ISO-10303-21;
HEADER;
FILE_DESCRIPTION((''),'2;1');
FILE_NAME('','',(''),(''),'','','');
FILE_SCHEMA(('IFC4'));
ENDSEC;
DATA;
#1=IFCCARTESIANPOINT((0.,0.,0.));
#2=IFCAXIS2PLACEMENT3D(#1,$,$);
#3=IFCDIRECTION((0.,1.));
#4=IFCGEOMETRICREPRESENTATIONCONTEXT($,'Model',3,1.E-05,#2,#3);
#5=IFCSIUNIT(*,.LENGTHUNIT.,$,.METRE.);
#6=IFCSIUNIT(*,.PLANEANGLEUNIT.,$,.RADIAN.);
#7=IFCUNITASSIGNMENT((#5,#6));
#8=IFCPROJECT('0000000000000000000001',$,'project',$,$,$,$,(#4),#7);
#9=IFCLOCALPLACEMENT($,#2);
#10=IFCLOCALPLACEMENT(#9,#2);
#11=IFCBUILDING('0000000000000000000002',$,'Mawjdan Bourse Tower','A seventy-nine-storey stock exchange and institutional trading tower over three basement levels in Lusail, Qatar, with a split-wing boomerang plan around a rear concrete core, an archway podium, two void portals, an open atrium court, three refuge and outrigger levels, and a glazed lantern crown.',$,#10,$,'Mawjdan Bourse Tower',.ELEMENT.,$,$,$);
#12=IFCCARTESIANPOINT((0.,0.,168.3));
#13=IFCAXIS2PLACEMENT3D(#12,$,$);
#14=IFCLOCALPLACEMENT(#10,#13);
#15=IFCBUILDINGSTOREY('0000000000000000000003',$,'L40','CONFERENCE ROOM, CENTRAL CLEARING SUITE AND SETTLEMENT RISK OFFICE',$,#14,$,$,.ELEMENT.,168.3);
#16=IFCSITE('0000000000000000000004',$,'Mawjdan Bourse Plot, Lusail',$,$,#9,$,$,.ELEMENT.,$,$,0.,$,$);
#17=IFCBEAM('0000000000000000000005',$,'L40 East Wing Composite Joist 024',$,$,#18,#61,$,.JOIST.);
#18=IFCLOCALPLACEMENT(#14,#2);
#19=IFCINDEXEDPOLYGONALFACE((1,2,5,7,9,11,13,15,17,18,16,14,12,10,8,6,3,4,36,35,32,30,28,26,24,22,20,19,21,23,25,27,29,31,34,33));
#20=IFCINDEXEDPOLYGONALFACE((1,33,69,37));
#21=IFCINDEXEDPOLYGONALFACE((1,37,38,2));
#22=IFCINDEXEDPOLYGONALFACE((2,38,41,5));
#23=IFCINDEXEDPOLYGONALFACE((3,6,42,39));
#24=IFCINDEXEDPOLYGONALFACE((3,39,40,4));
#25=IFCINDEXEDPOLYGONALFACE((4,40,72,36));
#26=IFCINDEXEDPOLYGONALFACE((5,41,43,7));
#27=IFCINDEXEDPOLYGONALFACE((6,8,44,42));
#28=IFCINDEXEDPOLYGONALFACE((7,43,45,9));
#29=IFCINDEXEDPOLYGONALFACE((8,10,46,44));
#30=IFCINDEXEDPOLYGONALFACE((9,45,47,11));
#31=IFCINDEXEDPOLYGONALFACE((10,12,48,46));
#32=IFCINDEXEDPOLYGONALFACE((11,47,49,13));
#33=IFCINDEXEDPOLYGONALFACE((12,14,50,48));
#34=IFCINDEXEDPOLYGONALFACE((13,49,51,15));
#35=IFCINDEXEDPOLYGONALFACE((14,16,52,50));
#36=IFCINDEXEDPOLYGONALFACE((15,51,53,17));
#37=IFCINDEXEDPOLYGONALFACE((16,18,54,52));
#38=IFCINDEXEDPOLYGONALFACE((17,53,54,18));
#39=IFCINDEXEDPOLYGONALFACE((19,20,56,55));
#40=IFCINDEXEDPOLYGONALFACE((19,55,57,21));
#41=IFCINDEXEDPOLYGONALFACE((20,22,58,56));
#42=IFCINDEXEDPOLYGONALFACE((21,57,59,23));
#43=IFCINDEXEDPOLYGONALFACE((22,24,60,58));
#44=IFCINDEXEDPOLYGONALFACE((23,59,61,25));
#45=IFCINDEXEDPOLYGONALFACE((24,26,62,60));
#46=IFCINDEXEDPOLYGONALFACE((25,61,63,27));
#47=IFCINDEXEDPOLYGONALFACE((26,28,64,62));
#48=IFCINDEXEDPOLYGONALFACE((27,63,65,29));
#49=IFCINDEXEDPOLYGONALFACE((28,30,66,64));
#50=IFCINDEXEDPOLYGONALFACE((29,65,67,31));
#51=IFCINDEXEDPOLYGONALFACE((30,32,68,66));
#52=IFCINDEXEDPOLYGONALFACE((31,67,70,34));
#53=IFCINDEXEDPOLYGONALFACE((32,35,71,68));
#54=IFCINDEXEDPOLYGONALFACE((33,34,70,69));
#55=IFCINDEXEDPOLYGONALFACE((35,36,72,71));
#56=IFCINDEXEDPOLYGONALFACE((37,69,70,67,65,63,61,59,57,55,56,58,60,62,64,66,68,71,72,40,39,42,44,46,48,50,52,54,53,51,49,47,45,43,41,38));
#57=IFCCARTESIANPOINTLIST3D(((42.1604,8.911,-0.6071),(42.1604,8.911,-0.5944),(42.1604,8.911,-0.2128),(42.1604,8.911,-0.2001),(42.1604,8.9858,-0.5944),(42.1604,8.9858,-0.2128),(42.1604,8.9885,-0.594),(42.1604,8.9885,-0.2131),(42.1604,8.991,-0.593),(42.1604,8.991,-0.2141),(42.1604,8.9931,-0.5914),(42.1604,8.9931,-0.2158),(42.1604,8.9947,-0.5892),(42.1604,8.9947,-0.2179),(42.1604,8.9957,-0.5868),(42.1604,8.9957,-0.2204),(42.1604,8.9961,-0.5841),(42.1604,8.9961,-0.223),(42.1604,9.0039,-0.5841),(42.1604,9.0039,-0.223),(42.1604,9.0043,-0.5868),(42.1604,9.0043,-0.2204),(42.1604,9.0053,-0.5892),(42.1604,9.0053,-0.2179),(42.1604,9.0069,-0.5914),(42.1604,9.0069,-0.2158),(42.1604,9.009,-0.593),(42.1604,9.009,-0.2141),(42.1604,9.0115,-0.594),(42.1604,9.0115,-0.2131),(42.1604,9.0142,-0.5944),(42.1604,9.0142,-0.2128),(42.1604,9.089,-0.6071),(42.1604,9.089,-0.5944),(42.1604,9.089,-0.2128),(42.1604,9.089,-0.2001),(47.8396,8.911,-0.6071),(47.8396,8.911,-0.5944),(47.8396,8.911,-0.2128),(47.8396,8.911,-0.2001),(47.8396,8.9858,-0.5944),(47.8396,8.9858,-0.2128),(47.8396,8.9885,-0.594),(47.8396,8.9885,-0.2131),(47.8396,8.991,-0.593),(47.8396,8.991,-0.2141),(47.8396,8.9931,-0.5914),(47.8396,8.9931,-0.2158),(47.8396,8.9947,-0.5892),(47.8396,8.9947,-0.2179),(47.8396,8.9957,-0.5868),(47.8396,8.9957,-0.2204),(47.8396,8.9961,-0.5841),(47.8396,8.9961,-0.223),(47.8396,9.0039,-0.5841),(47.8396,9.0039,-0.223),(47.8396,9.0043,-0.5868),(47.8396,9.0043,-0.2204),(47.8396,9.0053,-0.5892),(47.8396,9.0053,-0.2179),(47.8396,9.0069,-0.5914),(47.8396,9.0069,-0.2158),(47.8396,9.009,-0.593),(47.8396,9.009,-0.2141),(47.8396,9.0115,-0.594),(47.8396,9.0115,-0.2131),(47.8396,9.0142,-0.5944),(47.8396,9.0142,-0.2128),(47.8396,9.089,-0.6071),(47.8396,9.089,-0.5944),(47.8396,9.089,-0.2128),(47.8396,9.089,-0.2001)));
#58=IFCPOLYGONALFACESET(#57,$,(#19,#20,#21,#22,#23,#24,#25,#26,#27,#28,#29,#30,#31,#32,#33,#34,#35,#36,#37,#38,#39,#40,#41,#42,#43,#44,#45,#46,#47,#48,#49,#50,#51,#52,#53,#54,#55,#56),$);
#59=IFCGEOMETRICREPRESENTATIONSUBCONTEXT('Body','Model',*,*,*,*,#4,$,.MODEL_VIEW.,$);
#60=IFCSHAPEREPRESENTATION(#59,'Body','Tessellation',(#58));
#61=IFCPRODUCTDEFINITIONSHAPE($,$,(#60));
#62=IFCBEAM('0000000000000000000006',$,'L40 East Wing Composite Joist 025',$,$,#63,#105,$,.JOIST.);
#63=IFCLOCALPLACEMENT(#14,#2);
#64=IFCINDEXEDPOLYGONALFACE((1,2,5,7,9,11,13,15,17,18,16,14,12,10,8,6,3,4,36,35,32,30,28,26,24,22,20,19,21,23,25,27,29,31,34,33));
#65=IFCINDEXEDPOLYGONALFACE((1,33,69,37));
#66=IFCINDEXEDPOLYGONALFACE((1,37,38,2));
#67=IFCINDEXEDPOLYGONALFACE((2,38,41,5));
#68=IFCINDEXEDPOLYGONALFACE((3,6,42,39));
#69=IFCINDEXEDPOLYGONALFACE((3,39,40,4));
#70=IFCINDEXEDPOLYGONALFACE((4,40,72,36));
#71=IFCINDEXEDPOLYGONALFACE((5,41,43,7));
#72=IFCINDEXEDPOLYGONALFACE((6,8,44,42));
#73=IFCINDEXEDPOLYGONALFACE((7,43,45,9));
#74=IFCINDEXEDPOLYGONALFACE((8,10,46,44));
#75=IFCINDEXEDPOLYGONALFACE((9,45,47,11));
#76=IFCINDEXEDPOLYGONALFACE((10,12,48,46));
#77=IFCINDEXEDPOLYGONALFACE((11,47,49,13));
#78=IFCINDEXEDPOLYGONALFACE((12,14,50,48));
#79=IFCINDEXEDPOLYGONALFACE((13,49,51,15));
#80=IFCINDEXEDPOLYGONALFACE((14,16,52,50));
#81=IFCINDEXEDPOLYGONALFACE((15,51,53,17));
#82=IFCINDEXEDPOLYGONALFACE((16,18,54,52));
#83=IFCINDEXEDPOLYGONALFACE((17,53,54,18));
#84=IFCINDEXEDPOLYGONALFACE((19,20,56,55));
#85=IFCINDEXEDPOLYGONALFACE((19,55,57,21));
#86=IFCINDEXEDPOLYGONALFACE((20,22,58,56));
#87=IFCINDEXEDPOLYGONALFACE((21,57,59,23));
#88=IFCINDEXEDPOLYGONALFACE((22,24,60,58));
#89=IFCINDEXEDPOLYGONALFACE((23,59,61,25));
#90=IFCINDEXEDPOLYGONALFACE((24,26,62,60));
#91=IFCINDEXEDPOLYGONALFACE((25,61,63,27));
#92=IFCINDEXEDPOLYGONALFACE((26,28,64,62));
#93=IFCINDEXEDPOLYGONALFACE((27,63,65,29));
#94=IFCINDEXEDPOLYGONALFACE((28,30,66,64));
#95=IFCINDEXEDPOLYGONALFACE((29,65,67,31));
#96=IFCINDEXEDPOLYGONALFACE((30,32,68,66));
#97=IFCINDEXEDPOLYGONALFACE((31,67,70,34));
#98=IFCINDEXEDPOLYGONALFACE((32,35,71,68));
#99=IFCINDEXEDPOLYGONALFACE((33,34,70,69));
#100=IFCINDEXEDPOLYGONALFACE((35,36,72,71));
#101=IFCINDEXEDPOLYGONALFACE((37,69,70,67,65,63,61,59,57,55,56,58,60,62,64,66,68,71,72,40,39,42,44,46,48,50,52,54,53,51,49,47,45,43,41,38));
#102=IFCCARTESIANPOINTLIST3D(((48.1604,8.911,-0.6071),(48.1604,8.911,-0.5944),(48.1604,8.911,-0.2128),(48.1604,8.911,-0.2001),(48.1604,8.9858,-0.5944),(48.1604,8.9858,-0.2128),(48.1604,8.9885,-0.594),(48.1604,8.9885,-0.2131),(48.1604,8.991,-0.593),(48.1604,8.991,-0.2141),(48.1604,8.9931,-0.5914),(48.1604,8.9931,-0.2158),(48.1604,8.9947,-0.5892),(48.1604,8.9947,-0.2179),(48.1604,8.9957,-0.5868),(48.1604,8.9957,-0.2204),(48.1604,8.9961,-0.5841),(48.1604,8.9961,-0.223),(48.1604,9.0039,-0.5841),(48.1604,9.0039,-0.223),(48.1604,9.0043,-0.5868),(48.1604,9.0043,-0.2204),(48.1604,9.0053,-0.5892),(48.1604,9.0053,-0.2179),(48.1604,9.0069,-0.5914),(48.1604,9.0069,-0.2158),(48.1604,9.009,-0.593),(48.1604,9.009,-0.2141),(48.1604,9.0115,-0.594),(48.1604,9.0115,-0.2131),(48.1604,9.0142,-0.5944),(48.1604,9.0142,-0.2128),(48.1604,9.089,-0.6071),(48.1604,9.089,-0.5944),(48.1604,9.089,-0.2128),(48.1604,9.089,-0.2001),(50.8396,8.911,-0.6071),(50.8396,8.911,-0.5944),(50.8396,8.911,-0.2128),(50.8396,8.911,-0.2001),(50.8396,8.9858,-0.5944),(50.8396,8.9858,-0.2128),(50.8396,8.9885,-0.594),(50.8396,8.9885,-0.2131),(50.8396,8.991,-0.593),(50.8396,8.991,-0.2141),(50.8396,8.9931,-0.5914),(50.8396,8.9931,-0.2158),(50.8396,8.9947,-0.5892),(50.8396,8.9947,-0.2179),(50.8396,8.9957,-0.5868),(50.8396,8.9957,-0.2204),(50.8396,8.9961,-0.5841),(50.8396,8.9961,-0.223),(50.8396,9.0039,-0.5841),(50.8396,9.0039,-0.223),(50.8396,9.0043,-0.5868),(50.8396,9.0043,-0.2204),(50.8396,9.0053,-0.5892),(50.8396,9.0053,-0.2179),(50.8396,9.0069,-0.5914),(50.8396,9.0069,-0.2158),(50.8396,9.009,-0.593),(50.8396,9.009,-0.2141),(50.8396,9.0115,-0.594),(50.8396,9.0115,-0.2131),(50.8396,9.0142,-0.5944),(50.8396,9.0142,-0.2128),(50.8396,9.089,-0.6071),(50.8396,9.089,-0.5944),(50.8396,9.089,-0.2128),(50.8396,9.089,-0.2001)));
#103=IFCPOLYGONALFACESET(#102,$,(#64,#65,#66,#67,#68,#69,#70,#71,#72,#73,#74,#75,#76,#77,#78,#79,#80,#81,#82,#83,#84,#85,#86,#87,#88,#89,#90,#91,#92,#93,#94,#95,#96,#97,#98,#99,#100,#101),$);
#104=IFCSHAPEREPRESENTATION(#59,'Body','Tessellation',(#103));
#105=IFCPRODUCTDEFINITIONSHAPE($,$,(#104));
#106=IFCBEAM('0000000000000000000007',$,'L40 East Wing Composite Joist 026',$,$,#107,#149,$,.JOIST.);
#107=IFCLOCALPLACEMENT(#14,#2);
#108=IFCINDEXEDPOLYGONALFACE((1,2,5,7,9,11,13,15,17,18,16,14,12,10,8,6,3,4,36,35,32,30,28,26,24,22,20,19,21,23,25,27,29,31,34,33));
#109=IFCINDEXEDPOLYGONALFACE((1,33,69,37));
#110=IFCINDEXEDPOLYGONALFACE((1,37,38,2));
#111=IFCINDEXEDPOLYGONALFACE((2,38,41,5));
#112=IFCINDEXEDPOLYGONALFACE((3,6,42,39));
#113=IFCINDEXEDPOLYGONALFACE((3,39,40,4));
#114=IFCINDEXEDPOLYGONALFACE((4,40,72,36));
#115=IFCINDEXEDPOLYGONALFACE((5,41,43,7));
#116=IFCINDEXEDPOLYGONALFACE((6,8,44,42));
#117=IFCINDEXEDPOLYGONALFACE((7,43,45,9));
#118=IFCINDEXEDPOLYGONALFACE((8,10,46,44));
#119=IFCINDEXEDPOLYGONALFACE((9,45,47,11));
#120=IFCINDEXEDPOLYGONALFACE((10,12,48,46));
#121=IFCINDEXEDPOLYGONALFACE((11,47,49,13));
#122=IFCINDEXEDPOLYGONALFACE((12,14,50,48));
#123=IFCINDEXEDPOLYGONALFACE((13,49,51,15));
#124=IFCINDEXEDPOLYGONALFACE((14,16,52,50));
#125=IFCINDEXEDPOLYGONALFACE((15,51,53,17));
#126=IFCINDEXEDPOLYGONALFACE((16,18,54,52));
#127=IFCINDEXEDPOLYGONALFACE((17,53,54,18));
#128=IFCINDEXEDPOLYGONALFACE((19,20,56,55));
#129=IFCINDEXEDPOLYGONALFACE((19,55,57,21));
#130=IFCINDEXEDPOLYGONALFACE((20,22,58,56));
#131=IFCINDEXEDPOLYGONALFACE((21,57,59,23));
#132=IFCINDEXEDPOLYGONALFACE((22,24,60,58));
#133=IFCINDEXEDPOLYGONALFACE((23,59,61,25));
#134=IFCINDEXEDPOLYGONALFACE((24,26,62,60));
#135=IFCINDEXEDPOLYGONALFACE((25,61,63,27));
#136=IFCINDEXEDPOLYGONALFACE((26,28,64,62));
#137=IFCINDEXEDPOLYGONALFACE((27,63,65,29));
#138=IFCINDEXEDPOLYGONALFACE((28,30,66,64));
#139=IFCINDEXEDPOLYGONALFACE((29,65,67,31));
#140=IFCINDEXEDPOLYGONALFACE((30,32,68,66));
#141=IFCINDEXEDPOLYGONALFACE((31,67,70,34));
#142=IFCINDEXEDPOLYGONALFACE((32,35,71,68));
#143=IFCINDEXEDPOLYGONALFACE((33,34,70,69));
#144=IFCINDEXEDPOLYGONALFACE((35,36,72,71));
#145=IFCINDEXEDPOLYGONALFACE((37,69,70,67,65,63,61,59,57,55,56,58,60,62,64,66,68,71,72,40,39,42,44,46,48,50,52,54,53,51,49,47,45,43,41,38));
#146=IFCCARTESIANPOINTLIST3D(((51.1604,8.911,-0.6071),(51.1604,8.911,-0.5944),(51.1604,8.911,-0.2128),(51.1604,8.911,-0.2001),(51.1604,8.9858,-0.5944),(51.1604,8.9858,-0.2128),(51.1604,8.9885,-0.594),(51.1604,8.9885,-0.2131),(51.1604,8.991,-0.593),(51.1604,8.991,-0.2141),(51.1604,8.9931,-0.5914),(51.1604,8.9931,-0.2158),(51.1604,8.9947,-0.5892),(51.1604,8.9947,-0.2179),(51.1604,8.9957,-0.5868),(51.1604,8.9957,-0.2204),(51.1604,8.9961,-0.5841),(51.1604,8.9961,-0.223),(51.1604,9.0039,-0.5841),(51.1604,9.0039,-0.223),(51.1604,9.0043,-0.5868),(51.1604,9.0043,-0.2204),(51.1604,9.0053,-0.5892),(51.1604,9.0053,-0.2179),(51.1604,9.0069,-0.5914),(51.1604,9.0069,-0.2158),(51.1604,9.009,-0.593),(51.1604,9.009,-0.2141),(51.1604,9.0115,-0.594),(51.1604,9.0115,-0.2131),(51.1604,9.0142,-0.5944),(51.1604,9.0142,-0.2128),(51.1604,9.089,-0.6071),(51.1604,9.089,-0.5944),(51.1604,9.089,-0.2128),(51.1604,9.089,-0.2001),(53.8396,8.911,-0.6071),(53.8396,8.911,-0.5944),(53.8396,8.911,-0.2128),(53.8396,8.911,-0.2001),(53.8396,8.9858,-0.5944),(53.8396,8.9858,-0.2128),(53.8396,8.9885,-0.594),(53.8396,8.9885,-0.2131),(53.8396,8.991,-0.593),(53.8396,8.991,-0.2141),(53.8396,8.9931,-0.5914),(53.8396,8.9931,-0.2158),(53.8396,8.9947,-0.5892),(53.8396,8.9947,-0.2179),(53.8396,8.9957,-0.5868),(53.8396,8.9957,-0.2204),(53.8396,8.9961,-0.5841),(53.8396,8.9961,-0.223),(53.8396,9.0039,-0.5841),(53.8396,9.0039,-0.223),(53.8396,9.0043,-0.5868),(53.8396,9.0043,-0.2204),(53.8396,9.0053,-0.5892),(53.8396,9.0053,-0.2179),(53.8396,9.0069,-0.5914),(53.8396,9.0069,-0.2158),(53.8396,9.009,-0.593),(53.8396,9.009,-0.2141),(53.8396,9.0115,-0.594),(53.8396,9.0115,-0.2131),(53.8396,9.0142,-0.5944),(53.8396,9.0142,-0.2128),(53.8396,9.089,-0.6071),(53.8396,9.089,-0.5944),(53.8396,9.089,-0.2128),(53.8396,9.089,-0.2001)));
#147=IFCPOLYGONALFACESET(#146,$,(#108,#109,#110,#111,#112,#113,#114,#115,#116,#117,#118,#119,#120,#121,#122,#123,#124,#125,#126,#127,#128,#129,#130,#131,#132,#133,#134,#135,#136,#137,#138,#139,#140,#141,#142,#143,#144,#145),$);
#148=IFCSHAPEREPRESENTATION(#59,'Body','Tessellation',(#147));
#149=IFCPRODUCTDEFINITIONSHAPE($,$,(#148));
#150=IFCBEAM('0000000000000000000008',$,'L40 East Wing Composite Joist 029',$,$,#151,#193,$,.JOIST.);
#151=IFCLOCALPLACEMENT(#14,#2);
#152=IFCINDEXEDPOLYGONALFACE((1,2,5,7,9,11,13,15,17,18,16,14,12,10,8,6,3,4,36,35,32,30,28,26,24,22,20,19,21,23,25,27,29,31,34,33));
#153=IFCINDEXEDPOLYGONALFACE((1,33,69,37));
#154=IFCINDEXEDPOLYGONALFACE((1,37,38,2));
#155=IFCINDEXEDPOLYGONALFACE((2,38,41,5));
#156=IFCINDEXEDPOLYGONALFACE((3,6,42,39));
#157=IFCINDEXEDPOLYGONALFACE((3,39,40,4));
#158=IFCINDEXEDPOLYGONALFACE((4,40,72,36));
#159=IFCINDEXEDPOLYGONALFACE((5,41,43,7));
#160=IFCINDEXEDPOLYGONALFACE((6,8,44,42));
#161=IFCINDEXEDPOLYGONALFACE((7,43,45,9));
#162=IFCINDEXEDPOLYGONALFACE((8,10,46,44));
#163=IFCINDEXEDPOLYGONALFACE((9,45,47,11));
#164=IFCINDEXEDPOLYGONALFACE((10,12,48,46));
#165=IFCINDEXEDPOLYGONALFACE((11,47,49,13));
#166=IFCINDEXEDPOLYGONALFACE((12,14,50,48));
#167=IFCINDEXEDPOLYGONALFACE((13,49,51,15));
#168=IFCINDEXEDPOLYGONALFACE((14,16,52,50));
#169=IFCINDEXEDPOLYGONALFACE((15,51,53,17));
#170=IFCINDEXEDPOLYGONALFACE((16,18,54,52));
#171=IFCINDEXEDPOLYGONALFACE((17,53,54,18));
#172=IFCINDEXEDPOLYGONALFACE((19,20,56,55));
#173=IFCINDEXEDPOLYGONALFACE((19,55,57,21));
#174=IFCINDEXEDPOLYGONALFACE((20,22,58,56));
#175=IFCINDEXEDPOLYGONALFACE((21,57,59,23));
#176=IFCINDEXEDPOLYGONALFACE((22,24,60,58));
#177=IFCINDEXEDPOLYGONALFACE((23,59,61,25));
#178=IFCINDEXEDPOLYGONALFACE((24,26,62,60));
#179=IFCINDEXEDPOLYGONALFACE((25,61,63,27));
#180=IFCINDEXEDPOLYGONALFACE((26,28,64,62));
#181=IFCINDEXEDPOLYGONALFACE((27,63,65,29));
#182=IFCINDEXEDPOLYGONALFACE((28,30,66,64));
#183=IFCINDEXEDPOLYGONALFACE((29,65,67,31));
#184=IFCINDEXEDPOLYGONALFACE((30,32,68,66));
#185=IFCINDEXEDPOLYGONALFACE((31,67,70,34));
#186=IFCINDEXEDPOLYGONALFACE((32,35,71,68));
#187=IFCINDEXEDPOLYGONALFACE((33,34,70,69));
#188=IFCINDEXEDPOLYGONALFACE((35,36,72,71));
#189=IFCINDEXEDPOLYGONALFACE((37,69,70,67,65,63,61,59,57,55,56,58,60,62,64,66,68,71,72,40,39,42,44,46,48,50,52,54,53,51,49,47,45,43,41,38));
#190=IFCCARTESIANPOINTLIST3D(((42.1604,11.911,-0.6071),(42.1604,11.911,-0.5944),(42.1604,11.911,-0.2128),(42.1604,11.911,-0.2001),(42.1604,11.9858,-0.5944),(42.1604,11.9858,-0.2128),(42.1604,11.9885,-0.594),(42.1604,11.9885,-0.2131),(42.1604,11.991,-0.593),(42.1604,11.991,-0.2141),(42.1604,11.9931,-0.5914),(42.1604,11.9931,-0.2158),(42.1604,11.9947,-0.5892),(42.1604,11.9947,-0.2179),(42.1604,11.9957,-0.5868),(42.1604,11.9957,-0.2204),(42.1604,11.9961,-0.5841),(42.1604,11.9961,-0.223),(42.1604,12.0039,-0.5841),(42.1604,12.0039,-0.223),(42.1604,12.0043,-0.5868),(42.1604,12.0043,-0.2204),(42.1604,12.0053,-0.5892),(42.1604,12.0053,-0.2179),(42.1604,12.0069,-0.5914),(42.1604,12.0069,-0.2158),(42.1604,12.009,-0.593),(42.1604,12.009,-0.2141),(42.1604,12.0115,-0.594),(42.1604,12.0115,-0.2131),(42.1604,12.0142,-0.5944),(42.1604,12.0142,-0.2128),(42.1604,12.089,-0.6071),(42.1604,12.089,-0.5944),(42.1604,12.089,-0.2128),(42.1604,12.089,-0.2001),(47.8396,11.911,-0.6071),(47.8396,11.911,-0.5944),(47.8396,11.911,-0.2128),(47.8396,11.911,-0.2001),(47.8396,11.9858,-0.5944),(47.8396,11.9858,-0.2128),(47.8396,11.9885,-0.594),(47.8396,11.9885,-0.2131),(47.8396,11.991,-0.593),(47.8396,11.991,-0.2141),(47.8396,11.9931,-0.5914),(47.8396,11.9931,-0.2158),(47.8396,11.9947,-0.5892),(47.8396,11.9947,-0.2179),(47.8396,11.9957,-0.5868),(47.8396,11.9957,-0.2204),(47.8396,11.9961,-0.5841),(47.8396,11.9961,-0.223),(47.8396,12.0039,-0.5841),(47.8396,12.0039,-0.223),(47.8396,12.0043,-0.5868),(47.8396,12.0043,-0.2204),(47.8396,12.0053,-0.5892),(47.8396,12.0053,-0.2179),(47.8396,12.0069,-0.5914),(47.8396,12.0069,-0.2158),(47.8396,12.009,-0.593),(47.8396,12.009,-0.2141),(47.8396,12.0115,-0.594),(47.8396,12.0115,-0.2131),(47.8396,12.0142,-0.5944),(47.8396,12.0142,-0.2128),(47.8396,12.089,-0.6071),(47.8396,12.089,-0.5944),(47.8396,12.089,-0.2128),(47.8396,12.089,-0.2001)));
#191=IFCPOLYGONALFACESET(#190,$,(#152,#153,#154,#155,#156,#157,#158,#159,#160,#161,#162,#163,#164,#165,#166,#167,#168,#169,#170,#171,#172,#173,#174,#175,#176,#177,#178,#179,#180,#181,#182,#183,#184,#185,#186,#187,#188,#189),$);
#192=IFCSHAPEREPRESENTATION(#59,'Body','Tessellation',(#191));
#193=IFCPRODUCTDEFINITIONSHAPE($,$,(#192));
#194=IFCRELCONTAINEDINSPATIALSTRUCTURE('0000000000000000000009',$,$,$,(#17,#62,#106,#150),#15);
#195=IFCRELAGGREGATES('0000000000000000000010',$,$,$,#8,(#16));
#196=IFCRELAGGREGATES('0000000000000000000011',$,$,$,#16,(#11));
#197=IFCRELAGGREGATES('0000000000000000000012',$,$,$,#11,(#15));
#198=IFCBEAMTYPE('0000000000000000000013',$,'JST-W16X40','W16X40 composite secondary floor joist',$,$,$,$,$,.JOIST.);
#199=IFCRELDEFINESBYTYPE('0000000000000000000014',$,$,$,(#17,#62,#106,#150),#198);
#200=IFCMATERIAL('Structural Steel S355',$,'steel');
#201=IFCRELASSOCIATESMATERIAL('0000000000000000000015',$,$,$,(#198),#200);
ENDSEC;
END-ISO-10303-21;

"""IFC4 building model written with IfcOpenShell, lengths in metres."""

from ifc_helpers import new_model, si_unit, direction, frame, origin, origin_2d, place, context, subcontext, project, spatial, i_section, extrude, material, material_profile, profile_set, type_object, element, save


model = new_model("IFC4")

# Units and contexts
model_context = context("Model", 3, precision=1e-05, world=origin(), true_north=direction((0.0, 1.0)))
body_context = subcontext(model_context, "Body", "Model", "MODEL_VIEW")
ifc_project = project(units=[si_unit("LENGTHUNIT", "METRE"), si_unit("PLANEANGLEUNIT", "RADIAN")], contexts=[model_context])

# Site, building, storey
site_placement = place(None, origin())
site = spatial("IfcSite", under=ifc_project, at=site_placement, Name="Mawjdan Bourse Plot, Lusail", CompositionType="ELEMENT", RefElevation=0.0)
building_placement = place(site_placement, origin())
building = spatial("IfcBuilding", under=site, at=building_placement, Name="Mawjdan Bourse Tower", Description="A seventy-nine-storey stock exchange and institutional trading tower over three basement levels in Lusail, Qatar, with a split-wing boomerang plan around a rear concrete core, an archway podium, two void portals, an open atrium court, three refuge and outrigger levels, and a glazed lantern crown.", LongName="Mawjdan Bourse Tower", CompositionType="ELEMENT")
storey_placement = place(building_placement, frame((0.0, 0.0, 168.3)))
storey = spatial("IfcBuildingStorey", under=building, at=storey_placement, Name="L40", Description="CONFERENCE ROOM, CENTRAL CLEARING SUITE AND SETTLEMENT RISK OFFICE", CompositionType="ELEMENT", Elevation=168.3)

# Beams
ifc_material_1 = material(Name="Structural Steel S355", Category="steel")
ifc_material_profile_1 = material_profile(ifc_material_1, i_section(OverallWidth=0.178, OverallDepth=0.407, WebThickness=0.0078, FlangeThickness=0.0127, FilletRadius=0.0103, at=origin_2d()), Name="W16X40")
ifc_profile_set_1 = profile_set([ifc_material_profile_1], Name="Structural Steel S355")
beam_type_1 = type_object("IfcBeamType", Name="JST-W16X40", Description="W16X40 composite secondary floor joist", PredefinedType="JOIST", material=ifc_profile_set_1)
beam_1_placement = place(storey_placement, frame((42.1604, 9.0, -0.4036), z_axis=(1.0, 0.0, 0.0), x_axis=(0.0, 1.0, 0.0)))
element("IfcBeam", 1, at=beam_1_placement, inside=storey, type_object=beam_type_1, Name="L40 East Wing Composite Joist 024", PredefinedType="JOIST", context=body_context, shape_type="SweptSolid", body=[
    extrude(i_section(OverallWidth=0.178, OverallDepth=0.407, WebThickness=0.0078, FlangeThickness=0.0127, FilletRadius=0.0103, at=origin_2d()), origin(), (0.0, 0.0, 1.0), 5.6792),
])
for number, where, z_axis, x_axis, name in (
    (2, (48.1604, 9.0, -0.4036), (1.0, 0.0, 0.0), (0.0, 1.0, 0.0), "L40 East Wing Composite Joist 025"),
    (3, (51.1604, 9.0, -0.4036), (1.0, 0.0, 0.0), (0.0, 1.0, 0.0), "L40 East Wing Composite Joist 026"),
):
    element("IfcBeam", number, at=place(storey_placement, frame(where, z_axis=z_axis, x_axis=x_axis)), inside=storey, type_object=beam_type_1, Name=name, PredefinedType="JOIST", context=body_context, shape_type="SweptSolid", body=[
        extrude(i_section(OverallWidth=0.178, OverallDepth=0.407, WebThickness=0.0078, FlangeThickness=0.0127, FilletRadius=0.0103, at=origin_2d()), origin(), (0.0, 0.0, 1.0), 2.6792),
    ])
beam_2_placement = place(storey_placement, frame((42.1604, 12.0, -0.4036), z_axis=(1.0, 0.0, 0.0), x_axis=(0.0, 1.0, 0.0)))
element("IfcBeam", 4, at=beam_2_placement, inside=storey, type_object=beam_type_1, Name="L40 East Wing Composite Joist 029", PredefinedType="JOIST", context=body_context, shape_type="SweptSolid", body=[
    extrude(i_section(OverallWidth=0.178, OverallDepth=0.407, WebThickness=0.0078, FlangeThickness=0.0127, FilletRadius=0.0103, at=origin_2d()), origin(), (0.0, 0.0, 1.0), 5.6792),
])

save(model, "model.ifc")
